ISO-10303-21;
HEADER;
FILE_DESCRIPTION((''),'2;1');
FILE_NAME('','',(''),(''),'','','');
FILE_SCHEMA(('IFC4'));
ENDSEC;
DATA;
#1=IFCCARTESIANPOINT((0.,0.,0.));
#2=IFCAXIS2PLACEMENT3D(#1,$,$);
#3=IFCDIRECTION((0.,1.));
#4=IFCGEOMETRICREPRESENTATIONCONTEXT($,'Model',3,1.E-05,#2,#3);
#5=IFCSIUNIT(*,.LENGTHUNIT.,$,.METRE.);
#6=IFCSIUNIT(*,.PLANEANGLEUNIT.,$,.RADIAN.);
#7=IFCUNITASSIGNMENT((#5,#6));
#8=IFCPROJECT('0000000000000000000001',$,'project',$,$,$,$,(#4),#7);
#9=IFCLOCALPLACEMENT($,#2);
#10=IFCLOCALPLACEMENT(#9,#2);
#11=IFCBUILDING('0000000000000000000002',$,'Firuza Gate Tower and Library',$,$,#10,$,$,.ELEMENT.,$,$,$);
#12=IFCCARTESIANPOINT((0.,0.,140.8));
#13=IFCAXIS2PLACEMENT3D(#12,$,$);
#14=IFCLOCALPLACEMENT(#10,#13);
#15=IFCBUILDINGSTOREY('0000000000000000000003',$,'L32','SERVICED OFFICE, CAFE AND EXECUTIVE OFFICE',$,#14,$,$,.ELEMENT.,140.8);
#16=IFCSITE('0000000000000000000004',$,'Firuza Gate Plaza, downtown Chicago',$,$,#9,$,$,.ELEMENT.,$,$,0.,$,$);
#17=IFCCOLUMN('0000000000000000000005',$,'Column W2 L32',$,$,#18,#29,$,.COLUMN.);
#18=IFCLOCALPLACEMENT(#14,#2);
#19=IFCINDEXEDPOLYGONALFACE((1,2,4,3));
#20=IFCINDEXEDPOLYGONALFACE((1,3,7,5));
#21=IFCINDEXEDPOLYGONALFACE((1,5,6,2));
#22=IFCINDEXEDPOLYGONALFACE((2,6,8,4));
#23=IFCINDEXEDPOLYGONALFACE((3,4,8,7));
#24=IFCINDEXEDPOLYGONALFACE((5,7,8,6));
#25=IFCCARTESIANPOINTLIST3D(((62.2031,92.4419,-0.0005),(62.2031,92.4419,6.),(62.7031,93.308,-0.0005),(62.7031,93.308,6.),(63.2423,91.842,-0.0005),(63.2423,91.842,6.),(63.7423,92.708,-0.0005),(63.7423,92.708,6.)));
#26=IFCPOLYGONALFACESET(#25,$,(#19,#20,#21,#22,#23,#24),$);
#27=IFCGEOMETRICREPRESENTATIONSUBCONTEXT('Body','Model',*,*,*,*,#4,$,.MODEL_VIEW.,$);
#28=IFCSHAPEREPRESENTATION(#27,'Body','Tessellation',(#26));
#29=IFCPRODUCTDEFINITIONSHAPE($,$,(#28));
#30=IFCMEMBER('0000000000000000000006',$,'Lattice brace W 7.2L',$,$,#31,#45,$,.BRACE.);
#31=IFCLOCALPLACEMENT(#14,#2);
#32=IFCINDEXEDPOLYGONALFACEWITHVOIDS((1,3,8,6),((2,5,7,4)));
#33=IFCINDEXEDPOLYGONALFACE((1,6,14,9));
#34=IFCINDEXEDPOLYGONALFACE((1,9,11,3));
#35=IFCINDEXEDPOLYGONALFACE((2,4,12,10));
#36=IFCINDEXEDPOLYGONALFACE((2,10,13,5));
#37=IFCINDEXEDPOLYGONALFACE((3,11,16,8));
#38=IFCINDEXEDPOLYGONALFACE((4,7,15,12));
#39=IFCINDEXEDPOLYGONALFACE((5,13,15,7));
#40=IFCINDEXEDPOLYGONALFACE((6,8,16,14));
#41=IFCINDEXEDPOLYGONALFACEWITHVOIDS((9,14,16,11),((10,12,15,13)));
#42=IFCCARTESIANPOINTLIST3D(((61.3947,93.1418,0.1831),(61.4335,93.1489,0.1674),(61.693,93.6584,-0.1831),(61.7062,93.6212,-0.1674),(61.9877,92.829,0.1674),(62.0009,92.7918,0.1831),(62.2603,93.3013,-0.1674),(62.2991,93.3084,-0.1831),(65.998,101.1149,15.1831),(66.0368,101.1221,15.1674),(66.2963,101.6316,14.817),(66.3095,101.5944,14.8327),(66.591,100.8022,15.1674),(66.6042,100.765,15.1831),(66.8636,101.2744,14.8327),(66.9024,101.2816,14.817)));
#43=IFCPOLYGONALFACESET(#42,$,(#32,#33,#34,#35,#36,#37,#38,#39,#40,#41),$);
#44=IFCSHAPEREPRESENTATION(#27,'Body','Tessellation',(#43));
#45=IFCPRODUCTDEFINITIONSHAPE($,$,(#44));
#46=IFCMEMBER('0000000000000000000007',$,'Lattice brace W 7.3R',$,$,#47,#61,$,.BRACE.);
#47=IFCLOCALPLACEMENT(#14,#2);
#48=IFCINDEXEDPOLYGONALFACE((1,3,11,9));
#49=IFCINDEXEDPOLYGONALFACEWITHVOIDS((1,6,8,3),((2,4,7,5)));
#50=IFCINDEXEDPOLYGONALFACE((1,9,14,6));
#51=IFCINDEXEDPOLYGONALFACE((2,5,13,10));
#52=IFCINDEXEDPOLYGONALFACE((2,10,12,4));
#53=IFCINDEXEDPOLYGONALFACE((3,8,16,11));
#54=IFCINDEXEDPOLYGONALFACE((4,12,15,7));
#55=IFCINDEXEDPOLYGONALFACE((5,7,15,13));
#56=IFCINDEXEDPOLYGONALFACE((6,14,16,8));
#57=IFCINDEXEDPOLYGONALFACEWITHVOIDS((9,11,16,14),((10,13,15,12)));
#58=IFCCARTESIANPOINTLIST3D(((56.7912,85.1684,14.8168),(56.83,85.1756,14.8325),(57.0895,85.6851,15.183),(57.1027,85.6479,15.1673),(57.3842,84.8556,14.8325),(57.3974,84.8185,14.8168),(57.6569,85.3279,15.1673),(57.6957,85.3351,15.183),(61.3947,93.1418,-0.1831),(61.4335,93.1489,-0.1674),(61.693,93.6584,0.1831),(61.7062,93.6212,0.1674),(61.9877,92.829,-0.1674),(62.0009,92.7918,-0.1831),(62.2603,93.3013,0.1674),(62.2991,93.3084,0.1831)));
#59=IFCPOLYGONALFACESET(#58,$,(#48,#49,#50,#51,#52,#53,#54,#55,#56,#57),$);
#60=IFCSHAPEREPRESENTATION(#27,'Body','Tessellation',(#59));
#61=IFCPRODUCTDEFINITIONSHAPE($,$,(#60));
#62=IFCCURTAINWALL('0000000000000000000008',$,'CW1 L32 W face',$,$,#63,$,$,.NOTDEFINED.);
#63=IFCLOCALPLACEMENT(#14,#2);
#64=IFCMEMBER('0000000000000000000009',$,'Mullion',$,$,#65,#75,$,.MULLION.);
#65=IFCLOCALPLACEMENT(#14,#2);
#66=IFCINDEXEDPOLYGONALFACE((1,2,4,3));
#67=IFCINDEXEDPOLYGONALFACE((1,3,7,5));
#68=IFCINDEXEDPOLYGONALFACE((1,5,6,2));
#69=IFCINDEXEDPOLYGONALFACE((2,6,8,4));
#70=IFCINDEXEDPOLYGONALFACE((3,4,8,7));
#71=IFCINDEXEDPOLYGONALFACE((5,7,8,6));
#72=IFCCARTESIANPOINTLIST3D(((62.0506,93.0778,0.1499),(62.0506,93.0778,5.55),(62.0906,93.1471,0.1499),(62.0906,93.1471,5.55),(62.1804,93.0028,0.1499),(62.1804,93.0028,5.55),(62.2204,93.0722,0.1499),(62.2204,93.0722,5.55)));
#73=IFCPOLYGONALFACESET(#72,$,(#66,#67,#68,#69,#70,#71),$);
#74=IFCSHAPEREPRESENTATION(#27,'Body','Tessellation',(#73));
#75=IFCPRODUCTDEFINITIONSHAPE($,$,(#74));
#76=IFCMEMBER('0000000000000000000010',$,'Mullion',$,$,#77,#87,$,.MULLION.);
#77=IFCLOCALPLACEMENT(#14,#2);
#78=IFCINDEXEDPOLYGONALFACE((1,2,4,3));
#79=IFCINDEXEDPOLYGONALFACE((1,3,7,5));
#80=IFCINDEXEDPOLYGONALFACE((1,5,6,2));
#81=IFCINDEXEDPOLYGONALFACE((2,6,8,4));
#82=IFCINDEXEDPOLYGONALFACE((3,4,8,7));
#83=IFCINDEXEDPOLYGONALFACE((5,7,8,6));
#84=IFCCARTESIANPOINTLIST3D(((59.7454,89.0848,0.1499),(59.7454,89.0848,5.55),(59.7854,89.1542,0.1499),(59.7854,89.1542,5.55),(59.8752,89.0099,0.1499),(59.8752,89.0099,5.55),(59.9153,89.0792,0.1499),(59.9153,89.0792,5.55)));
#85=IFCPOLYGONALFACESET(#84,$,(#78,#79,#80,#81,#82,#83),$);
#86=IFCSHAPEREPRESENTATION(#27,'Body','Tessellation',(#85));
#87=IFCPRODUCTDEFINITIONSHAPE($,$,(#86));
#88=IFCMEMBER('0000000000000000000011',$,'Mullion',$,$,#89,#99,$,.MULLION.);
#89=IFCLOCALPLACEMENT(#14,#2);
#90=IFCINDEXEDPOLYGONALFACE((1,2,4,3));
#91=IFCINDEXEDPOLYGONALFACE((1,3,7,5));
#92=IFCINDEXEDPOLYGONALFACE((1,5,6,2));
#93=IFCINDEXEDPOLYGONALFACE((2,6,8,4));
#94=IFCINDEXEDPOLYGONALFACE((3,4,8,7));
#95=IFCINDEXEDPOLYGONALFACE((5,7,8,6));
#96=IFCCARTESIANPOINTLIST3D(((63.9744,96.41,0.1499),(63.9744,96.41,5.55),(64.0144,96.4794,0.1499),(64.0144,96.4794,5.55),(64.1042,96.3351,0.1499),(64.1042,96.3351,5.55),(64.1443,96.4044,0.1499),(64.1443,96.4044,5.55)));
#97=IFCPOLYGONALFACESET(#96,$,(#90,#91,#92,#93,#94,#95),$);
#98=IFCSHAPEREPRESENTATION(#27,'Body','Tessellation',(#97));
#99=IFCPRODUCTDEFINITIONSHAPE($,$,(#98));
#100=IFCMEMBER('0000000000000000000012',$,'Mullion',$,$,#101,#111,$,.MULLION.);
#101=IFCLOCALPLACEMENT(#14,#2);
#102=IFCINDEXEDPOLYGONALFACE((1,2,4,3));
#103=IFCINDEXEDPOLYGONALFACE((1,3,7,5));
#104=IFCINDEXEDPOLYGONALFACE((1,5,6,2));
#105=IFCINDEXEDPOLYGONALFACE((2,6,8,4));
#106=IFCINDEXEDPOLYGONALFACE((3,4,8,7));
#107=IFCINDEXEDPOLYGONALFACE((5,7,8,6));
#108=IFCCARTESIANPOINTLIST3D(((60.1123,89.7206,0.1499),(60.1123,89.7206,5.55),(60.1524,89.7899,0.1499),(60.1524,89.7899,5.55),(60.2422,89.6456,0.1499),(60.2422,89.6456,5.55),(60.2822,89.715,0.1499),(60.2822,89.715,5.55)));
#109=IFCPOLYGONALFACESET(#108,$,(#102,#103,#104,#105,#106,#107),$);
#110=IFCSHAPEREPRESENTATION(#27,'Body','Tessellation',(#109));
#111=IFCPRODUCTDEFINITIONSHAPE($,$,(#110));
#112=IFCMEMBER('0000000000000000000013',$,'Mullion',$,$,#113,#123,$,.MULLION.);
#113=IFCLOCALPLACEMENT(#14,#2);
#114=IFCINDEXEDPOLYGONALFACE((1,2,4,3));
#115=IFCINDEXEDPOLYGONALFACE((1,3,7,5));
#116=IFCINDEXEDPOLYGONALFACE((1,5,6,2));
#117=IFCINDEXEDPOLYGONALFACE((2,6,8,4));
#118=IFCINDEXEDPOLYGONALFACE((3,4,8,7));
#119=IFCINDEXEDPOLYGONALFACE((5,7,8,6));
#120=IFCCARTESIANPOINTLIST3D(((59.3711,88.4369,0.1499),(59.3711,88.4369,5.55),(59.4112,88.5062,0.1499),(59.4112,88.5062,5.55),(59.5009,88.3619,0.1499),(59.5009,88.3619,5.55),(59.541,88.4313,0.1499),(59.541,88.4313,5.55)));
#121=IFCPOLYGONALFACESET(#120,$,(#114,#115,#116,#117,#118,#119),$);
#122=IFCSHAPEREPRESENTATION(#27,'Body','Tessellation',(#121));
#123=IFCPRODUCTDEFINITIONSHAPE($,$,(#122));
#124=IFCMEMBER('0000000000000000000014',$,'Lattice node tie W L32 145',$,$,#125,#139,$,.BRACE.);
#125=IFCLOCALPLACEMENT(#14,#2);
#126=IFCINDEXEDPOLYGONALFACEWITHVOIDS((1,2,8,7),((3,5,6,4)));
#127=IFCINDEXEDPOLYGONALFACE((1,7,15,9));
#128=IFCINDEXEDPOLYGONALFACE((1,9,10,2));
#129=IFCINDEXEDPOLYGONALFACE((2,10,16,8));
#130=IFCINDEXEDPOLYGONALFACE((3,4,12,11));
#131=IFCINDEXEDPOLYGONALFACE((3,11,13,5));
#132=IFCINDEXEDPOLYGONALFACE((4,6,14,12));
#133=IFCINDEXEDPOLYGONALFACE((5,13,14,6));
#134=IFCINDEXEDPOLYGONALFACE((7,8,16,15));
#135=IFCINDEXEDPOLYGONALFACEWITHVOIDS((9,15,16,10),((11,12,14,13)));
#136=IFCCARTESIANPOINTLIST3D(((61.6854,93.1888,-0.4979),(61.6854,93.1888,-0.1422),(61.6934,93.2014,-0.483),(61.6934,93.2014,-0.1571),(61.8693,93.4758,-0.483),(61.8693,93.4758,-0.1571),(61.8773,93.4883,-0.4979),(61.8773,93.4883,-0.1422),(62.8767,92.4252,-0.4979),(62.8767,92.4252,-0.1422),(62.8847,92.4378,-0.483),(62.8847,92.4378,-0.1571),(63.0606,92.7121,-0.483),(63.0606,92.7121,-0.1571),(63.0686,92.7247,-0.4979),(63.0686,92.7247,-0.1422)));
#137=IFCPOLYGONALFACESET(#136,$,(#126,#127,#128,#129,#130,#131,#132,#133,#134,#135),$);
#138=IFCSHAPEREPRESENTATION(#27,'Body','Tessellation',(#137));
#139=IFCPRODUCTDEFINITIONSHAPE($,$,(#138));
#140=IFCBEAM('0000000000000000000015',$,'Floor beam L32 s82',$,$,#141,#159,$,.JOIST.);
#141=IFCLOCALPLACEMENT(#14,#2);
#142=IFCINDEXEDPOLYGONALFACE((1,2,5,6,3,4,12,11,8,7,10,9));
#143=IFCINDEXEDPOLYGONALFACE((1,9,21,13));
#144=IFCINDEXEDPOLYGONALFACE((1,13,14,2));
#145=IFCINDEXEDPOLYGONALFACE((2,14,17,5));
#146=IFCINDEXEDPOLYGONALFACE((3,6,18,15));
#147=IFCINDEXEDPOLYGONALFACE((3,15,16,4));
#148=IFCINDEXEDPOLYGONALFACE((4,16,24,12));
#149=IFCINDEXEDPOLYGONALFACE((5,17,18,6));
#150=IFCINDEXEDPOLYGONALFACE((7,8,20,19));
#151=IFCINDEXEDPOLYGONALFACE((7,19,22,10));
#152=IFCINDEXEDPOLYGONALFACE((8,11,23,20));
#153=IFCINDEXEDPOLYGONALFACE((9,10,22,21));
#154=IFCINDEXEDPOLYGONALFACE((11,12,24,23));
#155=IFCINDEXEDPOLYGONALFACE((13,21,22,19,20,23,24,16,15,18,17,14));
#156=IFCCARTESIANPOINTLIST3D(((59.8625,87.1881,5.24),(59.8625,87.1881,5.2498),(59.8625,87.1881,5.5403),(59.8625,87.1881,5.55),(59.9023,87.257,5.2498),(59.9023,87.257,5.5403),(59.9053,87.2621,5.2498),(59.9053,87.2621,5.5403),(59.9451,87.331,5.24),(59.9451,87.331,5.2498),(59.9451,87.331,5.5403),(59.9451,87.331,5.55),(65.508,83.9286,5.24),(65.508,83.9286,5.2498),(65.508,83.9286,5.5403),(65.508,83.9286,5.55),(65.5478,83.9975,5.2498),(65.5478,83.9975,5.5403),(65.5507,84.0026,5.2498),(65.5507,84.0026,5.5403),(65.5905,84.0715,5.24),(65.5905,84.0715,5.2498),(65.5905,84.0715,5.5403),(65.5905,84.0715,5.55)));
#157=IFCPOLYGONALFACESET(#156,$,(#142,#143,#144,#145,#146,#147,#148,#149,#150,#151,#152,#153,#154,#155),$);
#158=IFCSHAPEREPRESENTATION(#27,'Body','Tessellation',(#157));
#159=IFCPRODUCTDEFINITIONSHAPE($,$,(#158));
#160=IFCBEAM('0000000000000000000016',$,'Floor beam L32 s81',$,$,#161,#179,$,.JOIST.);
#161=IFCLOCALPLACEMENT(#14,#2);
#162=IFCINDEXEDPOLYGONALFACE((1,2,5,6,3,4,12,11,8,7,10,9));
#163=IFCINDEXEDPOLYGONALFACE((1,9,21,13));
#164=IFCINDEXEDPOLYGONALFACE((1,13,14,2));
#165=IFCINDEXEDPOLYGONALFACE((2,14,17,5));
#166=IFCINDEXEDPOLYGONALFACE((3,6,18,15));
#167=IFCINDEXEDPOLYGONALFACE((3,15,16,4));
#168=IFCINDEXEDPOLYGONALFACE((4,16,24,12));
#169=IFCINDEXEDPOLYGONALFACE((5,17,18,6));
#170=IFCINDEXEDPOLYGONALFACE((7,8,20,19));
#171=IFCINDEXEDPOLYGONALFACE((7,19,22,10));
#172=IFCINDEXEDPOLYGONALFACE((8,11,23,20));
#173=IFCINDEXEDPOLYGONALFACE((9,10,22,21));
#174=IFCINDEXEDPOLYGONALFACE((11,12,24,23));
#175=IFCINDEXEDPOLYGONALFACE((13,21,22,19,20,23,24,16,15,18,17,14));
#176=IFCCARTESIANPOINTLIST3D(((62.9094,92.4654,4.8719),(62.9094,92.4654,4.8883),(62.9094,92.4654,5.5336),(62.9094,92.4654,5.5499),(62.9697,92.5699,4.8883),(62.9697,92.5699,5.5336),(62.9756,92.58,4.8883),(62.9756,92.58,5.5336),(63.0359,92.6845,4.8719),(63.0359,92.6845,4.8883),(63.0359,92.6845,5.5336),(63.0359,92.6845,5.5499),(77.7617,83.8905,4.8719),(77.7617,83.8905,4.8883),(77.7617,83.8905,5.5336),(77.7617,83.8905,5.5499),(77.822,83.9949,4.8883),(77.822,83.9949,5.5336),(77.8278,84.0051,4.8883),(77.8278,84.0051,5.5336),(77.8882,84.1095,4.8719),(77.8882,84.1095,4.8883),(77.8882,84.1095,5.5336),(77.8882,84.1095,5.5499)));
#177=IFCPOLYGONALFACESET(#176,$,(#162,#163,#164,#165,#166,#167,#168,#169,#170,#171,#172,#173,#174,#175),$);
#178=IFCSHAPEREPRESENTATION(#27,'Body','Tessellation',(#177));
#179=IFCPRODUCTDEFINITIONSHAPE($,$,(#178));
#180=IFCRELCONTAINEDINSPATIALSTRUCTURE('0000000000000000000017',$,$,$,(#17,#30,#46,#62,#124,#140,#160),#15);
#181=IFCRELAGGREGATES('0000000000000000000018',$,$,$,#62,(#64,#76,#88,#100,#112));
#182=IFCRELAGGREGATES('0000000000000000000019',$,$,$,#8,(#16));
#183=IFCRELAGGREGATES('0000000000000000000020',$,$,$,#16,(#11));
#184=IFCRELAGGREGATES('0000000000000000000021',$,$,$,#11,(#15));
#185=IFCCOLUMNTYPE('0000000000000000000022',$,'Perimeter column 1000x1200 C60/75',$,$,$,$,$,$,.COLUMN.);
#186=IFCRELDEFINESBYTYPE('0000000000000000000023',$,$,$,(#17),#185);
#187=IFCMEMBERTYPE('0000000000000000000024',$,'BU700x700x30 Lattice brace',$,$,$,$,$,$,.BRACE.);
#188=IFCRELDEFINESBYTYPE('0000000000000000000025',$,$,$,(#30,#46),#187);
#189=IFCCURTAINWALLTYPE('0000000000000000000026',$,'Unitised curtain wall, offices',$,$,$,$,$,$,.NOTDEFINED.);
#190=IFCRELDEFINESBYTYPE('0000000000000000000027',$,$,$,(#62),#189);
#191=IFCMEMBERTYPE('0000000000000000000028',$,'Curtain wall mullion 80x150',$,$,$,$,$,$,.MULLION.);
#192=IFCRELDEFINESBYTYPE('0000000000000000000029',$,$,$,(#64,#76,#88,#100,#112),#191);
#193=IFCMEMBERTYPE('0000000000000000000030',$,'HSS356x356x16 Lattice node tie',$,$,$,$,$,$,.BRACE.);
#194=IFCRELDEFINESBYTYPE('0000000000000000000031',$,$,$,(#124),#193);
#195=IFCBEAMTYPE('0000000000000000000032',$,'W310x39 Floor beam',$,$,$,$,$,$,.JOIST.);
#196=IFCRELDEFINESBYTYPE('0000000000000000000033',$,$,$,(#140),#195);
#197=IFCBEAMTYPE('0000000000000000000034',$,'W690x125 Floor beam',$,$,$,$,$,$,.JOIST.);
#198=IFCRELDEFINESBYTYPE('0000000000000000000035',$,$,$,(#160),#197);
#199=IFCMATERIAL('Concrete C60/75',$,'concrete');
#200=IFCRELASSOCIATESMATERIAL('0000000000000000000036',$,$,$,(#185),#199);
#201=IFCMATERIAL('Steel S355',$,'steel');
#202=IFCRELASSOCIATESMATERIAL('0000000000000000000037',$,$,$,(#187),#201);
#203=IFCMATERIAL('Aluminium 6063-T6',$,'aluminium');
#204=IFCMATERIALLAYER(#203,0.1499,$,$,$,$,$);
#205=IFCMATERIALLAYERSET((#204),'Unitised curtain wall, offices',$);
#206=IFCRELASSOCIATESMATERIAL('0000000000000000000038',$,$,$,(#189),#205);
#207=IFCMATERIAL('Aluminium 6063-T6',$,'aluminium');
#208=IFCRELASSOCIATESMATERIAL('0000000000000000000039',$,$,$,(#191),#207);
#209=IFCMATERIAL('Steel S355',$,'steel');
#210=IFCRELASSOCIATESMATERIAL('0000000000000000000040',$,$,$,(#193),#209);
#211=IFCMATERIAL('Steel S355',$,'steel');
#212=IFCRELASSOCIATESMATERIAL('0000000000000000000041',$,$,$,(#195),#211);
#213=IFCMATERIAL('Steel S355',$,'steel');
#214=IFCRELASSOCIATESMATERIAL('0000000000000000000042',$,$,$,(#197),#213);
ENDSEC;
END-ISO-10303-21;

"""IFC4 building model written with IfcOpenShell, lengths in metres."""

from ifc_helpers import new_model, si_unit, direction, frame, origin, origin_2d, place, context, subcontext, project, spatial, rectangle, hollow_rectangle, i_section, extrude, material, layer, layer_set, material_profile, profile_set, type_object, element, aggregate, save


model = new_model("IFC4")

# Units and contexts
model_context = context("Model", 3, precision=1e-05, world=origin(), true_north=direction((0.0, 1.0)))
body_context = subcontext(model_context, "Body", "Model", "MODEL_VIEW")
ifc_project = project(units=[si_unit("LENGTHUNIT", "METRE"), si_unit("PLANEANGLEUNIT", "RADIAN")], contexts=[model_context])

# Site, building, storey
site_placement = place(None, origin())
site = spatial("IfcSite", under=ifc_project, at=site_placement, Name="Firuza Gate Plaza, downtown Chicago", CompositionType="ELEMENT", RefElevation=0.0)
building_placement = place(site_placement, origin())
building = spatial("IfcBuilding", under=site, at=building_placement, Name="Firuza Gate Tower and Library", CompositionType="ELEMENT")
storey_placement = place(building_placement, frame((0.0, 0.0, 140.8)))
storey = spatial("IfcBuildingStorey", under=building, at=storey_placement, Name="L32", Description="SERVICED OFFICE, CAFE AND EXECUTIVE OFFICE", CompositionType="ELEMENT", Elevation=140.8)

# Column
ifc_material_1 = material(Name="Concrete C60/75", Category="concrete")
ifc_material_profile_1 = material_profile(ifc_material_1, rectangle(XDim=1.0, YDim=1.2, at=origin_2d()))
ifc_profile_set_1 = profile_set([ifc_material_profile_1], Name="Concrete C60/75")
column_type = type_object("IfcColumnType", Name="Perimeter column 1000x1200 C60/75", PredefinedType="COLUMN", material=ifc_profile_set_1)
column_placement = place(storey_placement, frame((62.9727, 92.575, -0.0005), z_axis=(0.0, 0.0, 1.0), x_axis=(-0.5, -0.866025, 0.0)))
element("IfcColumn", 1, at=column_placement, inside=storey, type_object=column_type, Name="Column W2 L32", PredefinedType="COLUMN", context=body_context, shape_type="SweptSolid", body=[
    extrude(rectangle(XDim=1.0, YDim=1.2, at=origin_2d()), origin(), (0.0, 0.0, 1.0), 6.0005),
])

# Members
ifc_material_2 = material(Name="Steel S355", Category="steel")
ifc_material_profile_2 = material_profile(ifc_material_2, hollow_rectangle(XDim=0.7, YDim=0.7, WallThickness=0.03, at=origin_2d()))
ifc_profile_set_2 = profile_set([ifc_material_profile_2], Name="Steel S355")
member_type_1 = type_object("IfcMemberType", Name="BU700x700x30 Lattice brace", PredefinedType="BRACE", material=ifc_profile_set_2)
for number, where, z_axis, x_axis, name in (
    (2, (61.8469, 93.2251, 0.0), (0.261549, 0.453019, 0.852271), (-0.866027, 0.499998, 0.0), "Lattice brace W 7.2L"),
    (3, (61.8469, 93.2251, 0.0), (-0.26156, -0.453028, 0.852263), (0.866022, -0.500006, 0.0), "Lattice brace W 7.3R"),
):
    element("IfcMember", number, at=place(storey_placement, frame(where, z_axis=z_axis, x_axis=x_axis)), inside=storey, type_object=member_type_1, Name=name, PredefinedType="BRACE", context=body_context, shape_type="SweptSolid", body=[
        extrude(hollow_rectangle(XDim=0.7, YDim=0.7, WallThickness=0.03, at=origin_2d()), origin(), (0.0, 0.0, 1.0), 17.6001),
    ])

# Curtain wall, members
ifc_material_3 = material(Name="Aluminium 6063-T6", Category="aluminium")
ifc_layer_1 = layer(ifc_material_3, 0.1499)
ifc_layer_set_1 = layer_set([ifc_layer_1], Name="Unitised curtain wall, offices")
curtain_wall_type = type_object("IfcCurtainWallType", Name="Unitised curtain wall, offices", PredefinedType="NOTDEFINED", material=ifc_layer_set_1)
placement = place(storey_placement, origin())
curtain_wall = element("IfcCurtainWall", 4, at=placement, inside=storey, type_object=curtain_wall_type, Name="CW1 L32 W face", PredefinedType="NOTDEFINED")
ifc_material_4 = material(Name="Aluminium 6063-T6", Category="aluminium")
ifc_material_profile_3 = material_profile(ifc_material_4, rectangle(XDim=0.1499, YDim=0.0801, at=origin_2d()))
ifc_profile_set_3 = profile_set([ifc_material_profile_3], Name="Aluminium 6063-T6")
member_type_2 = type_object("IfcMemberType", Name="Curtain wall mullion 80x150", PredefinedType="MULLION", material=ifc_profile_set_3)
member_1_placement = place(storey_placement, frame((62.1355, 93.075, 0.1499), z_axis=(0.0, 0.0, 1.0), x_axis=(0.866025, -0.5, 0.0)))
member_1 = element("IfcMember", 5, at=member_1_placement, type_object=member_type_2, Name="Mullion", PredefinedType="MULLION", context=body_context, shape_type="SweptSolid", body=[
    extrude(rectangle(XDim=0.1499, YDim=0.0801, at=origin_2d()), origin(), (0.0, 0.0, 1.0), 5.4001),
])
member_2_placement = place(storey_placement, frame((59.8303, 89.082, 0.1499), z_axis=(0.0, 0.0, 1.0), x_axis=(0.866025, -0.5, 0.0)))
member_2 = element("IfcMember", 6, at=member_2_placement, type_object=member_type_2, Name="Mullion", PredefinedType="MULLION", context=body_context, shape_type="SweptSolid", body=[
    extrude(rectangle(XDim=0.1499, YDim=0.0801, at=origin_2d()), origin(), (0.0, 0.0, 1.0), 5.4001),
])
member_3_placement = place(storey_placement, frame((64.0593, 96.4072, 0.1499), z_axis=(0.0, 0.0, 1.0), x_axis=(0.866025, -0.5, 0.0)))
member_3 = element("IfcMember", 7, at=member_3_placement, type_object=member_type_2, Name="Mullion", PredefinedType="MULLION", context=body_context, shape_type="SweptSolid", body=[
    extrude(rectangle(XDim=0.1499, YDim=0.0801, at=origin_2d()), origin(), (0.0, 0.0, 1.0), 5.4001),
])
member_4_placement = place(storey_placement, frame((60.1973, 89.7178, 0.1499), z_axis=(0.0, 0.0, 1.0), x_axis=(0.866025, -0.5, 0.0)))
member_4 = element("IfcMember", 8, at=member_4_placement, type_object=member_type_2, Name="Mullion", PredefinedType="MULLION", context=body_context, shape_type="SweptSolid", body=[
    extrude(rectangle(XDim=0.1499, YDim=0.0801, at=origin_2d()), origin(), (0.0, 0.0, 1.0), 5.4001),
])
member_5_placement = place(storey_placement, frame((59.4561, 88.4341, 0.1499), z_axis=(0.0, 0.0, 1.0), x_axis=(0.866025, -0.5, 0.0)))
member_5 = element("IfcMember", 9, at=member_5_placement, type_object=member_type_2, Name="Mullion", PredefinedType="MULLION", context=body_context, shape_type="SweptSolid", body=[
    extrude(rectangle(XDim=0.1499, YDim=0.0801, at=origin_2d()), origin(), (0.0, 0.0, 1.0), 5.4001),
])

# Member
ifc_material_5 = material(Name="Steel S355", Category="steel")
ifc_material_profile_4 = material_profile(ifc_material_5, hollow_rectangle(XDim=0.3557, YDim=0.3557, WallThickness=0.0149, at=origin_2d()))
ifc_profile_set_4 = profile_set([ifc_material_profile_4], Name="Steel S355")
member_type_3 = type_object("IfcMemberType", Name="HSS356x356x16 Lattice node tie", PredefinedType="BRACE", material=ifc_profile_set_4)
member_6_placement = place(storey_placement, frame((62.9727, 92.575, -0.3201), z_axis=(-0.841895, 0.539641, 0.0), x_axis=(-0.539641, -0.841895, 0.0)))
element("IfcMember", 10, at=member_6_placement, inside=storey, type_object=member_type_3, Name="Lattice node tie W L32 145", PredefinedType="BRACE", context=body_context, shape_type="SweptSolid", body=[
    extrude(hollow_rectangle(XDim=0.3557, YDim=0.3557, WallThickness=0.0149, at=origin_2d()), origin(), (0.0, 0.0, 1.0), 1.415),
])

# Beams
ifc_material_6 = material(Name="Steel S355", Category="steel")
ifc_material_profile_5 = material_profile(ifc_material_6, i_section(OverallWidth=0.165, OverallDepth=0.3101, WebThickness=0.0059, FlangeThickness=0.0098, at=origin_2d()))
ifc_profile_set_5 = profile_set([ifc_material_profile_5], Name="Steel S355")
beam_type_1 = type_object("IfcBeamType", Name="W310x39 Floor beam", PredefinedType="JOIST", material=ifc_profile_set_5)
beam_1_placement = place(storey_placement, frame((59.9038, 87.2595, 5.395), z_axis=(0.86602, -0.50001, 0.0), x_axis=(0.50001, 0.86602, 0.0)))
element("IfcBeam", 11, at=beam_1_placement, inside=storey, type_object=beam_type_1, Name="Floor beam L32 s82", PredefinedType="JOIST", context=body_context, shape_type="SweptSolid", body=[
    extrude(i_section(OverallWidth=0.165, OverallDepth=0.3101, WebThickness=0.0059, FlangeThickness=0.0098, at=origin_2d()), origin(), (0.0, 0.0, 1.0), 6.5188),
])
ifc_material_7 = material(Name="Steel S355", Category="steel")
ifc_material_profile_6 = material_profile(ifc_material_7, i_section(OverallWidth=0.2529, OverallDepth=0.678, WebThickness=0.0117, FlangeThickness=0.0164, at=origin_2d()))
ifc_profile_set_6 = profile_set([ifc_material_profile_6], Name="Steel S355")
beam_type_2 = type_object("IfcBeamType", Name="W690x125 Floor beam", PredefinedType="JOIST", material=ifc_profile_set_6)
beam_2_placement = place(storey_placement, frame((62.9727, 92.575, 5.2109), z_axis=(0.866026, -0.499999, 0.0), x_axis=(0.499999, 0.866026, 0.0)))
element("IfcBeam", 12, at=beam_2_placement, inside=storey, type_object=beam_type_2, Name="Floor beam L32 s81", PredefinedType="JOIST", context=body_context, shape_type="SweptSolid", body=[
    extrude(i_section(OverallWidth=0.2529, OverallDepth=0.678, WebThickness=0.0117, FlangeThickness=0.0164, at=origin_2d()), origin(), (0.0, 0.0, 1.0), 17.1499),
])

aggregate(curtain_wall, [member_1, member_2, member_3, member_4, member_5])

save(model, "model.ifc")
